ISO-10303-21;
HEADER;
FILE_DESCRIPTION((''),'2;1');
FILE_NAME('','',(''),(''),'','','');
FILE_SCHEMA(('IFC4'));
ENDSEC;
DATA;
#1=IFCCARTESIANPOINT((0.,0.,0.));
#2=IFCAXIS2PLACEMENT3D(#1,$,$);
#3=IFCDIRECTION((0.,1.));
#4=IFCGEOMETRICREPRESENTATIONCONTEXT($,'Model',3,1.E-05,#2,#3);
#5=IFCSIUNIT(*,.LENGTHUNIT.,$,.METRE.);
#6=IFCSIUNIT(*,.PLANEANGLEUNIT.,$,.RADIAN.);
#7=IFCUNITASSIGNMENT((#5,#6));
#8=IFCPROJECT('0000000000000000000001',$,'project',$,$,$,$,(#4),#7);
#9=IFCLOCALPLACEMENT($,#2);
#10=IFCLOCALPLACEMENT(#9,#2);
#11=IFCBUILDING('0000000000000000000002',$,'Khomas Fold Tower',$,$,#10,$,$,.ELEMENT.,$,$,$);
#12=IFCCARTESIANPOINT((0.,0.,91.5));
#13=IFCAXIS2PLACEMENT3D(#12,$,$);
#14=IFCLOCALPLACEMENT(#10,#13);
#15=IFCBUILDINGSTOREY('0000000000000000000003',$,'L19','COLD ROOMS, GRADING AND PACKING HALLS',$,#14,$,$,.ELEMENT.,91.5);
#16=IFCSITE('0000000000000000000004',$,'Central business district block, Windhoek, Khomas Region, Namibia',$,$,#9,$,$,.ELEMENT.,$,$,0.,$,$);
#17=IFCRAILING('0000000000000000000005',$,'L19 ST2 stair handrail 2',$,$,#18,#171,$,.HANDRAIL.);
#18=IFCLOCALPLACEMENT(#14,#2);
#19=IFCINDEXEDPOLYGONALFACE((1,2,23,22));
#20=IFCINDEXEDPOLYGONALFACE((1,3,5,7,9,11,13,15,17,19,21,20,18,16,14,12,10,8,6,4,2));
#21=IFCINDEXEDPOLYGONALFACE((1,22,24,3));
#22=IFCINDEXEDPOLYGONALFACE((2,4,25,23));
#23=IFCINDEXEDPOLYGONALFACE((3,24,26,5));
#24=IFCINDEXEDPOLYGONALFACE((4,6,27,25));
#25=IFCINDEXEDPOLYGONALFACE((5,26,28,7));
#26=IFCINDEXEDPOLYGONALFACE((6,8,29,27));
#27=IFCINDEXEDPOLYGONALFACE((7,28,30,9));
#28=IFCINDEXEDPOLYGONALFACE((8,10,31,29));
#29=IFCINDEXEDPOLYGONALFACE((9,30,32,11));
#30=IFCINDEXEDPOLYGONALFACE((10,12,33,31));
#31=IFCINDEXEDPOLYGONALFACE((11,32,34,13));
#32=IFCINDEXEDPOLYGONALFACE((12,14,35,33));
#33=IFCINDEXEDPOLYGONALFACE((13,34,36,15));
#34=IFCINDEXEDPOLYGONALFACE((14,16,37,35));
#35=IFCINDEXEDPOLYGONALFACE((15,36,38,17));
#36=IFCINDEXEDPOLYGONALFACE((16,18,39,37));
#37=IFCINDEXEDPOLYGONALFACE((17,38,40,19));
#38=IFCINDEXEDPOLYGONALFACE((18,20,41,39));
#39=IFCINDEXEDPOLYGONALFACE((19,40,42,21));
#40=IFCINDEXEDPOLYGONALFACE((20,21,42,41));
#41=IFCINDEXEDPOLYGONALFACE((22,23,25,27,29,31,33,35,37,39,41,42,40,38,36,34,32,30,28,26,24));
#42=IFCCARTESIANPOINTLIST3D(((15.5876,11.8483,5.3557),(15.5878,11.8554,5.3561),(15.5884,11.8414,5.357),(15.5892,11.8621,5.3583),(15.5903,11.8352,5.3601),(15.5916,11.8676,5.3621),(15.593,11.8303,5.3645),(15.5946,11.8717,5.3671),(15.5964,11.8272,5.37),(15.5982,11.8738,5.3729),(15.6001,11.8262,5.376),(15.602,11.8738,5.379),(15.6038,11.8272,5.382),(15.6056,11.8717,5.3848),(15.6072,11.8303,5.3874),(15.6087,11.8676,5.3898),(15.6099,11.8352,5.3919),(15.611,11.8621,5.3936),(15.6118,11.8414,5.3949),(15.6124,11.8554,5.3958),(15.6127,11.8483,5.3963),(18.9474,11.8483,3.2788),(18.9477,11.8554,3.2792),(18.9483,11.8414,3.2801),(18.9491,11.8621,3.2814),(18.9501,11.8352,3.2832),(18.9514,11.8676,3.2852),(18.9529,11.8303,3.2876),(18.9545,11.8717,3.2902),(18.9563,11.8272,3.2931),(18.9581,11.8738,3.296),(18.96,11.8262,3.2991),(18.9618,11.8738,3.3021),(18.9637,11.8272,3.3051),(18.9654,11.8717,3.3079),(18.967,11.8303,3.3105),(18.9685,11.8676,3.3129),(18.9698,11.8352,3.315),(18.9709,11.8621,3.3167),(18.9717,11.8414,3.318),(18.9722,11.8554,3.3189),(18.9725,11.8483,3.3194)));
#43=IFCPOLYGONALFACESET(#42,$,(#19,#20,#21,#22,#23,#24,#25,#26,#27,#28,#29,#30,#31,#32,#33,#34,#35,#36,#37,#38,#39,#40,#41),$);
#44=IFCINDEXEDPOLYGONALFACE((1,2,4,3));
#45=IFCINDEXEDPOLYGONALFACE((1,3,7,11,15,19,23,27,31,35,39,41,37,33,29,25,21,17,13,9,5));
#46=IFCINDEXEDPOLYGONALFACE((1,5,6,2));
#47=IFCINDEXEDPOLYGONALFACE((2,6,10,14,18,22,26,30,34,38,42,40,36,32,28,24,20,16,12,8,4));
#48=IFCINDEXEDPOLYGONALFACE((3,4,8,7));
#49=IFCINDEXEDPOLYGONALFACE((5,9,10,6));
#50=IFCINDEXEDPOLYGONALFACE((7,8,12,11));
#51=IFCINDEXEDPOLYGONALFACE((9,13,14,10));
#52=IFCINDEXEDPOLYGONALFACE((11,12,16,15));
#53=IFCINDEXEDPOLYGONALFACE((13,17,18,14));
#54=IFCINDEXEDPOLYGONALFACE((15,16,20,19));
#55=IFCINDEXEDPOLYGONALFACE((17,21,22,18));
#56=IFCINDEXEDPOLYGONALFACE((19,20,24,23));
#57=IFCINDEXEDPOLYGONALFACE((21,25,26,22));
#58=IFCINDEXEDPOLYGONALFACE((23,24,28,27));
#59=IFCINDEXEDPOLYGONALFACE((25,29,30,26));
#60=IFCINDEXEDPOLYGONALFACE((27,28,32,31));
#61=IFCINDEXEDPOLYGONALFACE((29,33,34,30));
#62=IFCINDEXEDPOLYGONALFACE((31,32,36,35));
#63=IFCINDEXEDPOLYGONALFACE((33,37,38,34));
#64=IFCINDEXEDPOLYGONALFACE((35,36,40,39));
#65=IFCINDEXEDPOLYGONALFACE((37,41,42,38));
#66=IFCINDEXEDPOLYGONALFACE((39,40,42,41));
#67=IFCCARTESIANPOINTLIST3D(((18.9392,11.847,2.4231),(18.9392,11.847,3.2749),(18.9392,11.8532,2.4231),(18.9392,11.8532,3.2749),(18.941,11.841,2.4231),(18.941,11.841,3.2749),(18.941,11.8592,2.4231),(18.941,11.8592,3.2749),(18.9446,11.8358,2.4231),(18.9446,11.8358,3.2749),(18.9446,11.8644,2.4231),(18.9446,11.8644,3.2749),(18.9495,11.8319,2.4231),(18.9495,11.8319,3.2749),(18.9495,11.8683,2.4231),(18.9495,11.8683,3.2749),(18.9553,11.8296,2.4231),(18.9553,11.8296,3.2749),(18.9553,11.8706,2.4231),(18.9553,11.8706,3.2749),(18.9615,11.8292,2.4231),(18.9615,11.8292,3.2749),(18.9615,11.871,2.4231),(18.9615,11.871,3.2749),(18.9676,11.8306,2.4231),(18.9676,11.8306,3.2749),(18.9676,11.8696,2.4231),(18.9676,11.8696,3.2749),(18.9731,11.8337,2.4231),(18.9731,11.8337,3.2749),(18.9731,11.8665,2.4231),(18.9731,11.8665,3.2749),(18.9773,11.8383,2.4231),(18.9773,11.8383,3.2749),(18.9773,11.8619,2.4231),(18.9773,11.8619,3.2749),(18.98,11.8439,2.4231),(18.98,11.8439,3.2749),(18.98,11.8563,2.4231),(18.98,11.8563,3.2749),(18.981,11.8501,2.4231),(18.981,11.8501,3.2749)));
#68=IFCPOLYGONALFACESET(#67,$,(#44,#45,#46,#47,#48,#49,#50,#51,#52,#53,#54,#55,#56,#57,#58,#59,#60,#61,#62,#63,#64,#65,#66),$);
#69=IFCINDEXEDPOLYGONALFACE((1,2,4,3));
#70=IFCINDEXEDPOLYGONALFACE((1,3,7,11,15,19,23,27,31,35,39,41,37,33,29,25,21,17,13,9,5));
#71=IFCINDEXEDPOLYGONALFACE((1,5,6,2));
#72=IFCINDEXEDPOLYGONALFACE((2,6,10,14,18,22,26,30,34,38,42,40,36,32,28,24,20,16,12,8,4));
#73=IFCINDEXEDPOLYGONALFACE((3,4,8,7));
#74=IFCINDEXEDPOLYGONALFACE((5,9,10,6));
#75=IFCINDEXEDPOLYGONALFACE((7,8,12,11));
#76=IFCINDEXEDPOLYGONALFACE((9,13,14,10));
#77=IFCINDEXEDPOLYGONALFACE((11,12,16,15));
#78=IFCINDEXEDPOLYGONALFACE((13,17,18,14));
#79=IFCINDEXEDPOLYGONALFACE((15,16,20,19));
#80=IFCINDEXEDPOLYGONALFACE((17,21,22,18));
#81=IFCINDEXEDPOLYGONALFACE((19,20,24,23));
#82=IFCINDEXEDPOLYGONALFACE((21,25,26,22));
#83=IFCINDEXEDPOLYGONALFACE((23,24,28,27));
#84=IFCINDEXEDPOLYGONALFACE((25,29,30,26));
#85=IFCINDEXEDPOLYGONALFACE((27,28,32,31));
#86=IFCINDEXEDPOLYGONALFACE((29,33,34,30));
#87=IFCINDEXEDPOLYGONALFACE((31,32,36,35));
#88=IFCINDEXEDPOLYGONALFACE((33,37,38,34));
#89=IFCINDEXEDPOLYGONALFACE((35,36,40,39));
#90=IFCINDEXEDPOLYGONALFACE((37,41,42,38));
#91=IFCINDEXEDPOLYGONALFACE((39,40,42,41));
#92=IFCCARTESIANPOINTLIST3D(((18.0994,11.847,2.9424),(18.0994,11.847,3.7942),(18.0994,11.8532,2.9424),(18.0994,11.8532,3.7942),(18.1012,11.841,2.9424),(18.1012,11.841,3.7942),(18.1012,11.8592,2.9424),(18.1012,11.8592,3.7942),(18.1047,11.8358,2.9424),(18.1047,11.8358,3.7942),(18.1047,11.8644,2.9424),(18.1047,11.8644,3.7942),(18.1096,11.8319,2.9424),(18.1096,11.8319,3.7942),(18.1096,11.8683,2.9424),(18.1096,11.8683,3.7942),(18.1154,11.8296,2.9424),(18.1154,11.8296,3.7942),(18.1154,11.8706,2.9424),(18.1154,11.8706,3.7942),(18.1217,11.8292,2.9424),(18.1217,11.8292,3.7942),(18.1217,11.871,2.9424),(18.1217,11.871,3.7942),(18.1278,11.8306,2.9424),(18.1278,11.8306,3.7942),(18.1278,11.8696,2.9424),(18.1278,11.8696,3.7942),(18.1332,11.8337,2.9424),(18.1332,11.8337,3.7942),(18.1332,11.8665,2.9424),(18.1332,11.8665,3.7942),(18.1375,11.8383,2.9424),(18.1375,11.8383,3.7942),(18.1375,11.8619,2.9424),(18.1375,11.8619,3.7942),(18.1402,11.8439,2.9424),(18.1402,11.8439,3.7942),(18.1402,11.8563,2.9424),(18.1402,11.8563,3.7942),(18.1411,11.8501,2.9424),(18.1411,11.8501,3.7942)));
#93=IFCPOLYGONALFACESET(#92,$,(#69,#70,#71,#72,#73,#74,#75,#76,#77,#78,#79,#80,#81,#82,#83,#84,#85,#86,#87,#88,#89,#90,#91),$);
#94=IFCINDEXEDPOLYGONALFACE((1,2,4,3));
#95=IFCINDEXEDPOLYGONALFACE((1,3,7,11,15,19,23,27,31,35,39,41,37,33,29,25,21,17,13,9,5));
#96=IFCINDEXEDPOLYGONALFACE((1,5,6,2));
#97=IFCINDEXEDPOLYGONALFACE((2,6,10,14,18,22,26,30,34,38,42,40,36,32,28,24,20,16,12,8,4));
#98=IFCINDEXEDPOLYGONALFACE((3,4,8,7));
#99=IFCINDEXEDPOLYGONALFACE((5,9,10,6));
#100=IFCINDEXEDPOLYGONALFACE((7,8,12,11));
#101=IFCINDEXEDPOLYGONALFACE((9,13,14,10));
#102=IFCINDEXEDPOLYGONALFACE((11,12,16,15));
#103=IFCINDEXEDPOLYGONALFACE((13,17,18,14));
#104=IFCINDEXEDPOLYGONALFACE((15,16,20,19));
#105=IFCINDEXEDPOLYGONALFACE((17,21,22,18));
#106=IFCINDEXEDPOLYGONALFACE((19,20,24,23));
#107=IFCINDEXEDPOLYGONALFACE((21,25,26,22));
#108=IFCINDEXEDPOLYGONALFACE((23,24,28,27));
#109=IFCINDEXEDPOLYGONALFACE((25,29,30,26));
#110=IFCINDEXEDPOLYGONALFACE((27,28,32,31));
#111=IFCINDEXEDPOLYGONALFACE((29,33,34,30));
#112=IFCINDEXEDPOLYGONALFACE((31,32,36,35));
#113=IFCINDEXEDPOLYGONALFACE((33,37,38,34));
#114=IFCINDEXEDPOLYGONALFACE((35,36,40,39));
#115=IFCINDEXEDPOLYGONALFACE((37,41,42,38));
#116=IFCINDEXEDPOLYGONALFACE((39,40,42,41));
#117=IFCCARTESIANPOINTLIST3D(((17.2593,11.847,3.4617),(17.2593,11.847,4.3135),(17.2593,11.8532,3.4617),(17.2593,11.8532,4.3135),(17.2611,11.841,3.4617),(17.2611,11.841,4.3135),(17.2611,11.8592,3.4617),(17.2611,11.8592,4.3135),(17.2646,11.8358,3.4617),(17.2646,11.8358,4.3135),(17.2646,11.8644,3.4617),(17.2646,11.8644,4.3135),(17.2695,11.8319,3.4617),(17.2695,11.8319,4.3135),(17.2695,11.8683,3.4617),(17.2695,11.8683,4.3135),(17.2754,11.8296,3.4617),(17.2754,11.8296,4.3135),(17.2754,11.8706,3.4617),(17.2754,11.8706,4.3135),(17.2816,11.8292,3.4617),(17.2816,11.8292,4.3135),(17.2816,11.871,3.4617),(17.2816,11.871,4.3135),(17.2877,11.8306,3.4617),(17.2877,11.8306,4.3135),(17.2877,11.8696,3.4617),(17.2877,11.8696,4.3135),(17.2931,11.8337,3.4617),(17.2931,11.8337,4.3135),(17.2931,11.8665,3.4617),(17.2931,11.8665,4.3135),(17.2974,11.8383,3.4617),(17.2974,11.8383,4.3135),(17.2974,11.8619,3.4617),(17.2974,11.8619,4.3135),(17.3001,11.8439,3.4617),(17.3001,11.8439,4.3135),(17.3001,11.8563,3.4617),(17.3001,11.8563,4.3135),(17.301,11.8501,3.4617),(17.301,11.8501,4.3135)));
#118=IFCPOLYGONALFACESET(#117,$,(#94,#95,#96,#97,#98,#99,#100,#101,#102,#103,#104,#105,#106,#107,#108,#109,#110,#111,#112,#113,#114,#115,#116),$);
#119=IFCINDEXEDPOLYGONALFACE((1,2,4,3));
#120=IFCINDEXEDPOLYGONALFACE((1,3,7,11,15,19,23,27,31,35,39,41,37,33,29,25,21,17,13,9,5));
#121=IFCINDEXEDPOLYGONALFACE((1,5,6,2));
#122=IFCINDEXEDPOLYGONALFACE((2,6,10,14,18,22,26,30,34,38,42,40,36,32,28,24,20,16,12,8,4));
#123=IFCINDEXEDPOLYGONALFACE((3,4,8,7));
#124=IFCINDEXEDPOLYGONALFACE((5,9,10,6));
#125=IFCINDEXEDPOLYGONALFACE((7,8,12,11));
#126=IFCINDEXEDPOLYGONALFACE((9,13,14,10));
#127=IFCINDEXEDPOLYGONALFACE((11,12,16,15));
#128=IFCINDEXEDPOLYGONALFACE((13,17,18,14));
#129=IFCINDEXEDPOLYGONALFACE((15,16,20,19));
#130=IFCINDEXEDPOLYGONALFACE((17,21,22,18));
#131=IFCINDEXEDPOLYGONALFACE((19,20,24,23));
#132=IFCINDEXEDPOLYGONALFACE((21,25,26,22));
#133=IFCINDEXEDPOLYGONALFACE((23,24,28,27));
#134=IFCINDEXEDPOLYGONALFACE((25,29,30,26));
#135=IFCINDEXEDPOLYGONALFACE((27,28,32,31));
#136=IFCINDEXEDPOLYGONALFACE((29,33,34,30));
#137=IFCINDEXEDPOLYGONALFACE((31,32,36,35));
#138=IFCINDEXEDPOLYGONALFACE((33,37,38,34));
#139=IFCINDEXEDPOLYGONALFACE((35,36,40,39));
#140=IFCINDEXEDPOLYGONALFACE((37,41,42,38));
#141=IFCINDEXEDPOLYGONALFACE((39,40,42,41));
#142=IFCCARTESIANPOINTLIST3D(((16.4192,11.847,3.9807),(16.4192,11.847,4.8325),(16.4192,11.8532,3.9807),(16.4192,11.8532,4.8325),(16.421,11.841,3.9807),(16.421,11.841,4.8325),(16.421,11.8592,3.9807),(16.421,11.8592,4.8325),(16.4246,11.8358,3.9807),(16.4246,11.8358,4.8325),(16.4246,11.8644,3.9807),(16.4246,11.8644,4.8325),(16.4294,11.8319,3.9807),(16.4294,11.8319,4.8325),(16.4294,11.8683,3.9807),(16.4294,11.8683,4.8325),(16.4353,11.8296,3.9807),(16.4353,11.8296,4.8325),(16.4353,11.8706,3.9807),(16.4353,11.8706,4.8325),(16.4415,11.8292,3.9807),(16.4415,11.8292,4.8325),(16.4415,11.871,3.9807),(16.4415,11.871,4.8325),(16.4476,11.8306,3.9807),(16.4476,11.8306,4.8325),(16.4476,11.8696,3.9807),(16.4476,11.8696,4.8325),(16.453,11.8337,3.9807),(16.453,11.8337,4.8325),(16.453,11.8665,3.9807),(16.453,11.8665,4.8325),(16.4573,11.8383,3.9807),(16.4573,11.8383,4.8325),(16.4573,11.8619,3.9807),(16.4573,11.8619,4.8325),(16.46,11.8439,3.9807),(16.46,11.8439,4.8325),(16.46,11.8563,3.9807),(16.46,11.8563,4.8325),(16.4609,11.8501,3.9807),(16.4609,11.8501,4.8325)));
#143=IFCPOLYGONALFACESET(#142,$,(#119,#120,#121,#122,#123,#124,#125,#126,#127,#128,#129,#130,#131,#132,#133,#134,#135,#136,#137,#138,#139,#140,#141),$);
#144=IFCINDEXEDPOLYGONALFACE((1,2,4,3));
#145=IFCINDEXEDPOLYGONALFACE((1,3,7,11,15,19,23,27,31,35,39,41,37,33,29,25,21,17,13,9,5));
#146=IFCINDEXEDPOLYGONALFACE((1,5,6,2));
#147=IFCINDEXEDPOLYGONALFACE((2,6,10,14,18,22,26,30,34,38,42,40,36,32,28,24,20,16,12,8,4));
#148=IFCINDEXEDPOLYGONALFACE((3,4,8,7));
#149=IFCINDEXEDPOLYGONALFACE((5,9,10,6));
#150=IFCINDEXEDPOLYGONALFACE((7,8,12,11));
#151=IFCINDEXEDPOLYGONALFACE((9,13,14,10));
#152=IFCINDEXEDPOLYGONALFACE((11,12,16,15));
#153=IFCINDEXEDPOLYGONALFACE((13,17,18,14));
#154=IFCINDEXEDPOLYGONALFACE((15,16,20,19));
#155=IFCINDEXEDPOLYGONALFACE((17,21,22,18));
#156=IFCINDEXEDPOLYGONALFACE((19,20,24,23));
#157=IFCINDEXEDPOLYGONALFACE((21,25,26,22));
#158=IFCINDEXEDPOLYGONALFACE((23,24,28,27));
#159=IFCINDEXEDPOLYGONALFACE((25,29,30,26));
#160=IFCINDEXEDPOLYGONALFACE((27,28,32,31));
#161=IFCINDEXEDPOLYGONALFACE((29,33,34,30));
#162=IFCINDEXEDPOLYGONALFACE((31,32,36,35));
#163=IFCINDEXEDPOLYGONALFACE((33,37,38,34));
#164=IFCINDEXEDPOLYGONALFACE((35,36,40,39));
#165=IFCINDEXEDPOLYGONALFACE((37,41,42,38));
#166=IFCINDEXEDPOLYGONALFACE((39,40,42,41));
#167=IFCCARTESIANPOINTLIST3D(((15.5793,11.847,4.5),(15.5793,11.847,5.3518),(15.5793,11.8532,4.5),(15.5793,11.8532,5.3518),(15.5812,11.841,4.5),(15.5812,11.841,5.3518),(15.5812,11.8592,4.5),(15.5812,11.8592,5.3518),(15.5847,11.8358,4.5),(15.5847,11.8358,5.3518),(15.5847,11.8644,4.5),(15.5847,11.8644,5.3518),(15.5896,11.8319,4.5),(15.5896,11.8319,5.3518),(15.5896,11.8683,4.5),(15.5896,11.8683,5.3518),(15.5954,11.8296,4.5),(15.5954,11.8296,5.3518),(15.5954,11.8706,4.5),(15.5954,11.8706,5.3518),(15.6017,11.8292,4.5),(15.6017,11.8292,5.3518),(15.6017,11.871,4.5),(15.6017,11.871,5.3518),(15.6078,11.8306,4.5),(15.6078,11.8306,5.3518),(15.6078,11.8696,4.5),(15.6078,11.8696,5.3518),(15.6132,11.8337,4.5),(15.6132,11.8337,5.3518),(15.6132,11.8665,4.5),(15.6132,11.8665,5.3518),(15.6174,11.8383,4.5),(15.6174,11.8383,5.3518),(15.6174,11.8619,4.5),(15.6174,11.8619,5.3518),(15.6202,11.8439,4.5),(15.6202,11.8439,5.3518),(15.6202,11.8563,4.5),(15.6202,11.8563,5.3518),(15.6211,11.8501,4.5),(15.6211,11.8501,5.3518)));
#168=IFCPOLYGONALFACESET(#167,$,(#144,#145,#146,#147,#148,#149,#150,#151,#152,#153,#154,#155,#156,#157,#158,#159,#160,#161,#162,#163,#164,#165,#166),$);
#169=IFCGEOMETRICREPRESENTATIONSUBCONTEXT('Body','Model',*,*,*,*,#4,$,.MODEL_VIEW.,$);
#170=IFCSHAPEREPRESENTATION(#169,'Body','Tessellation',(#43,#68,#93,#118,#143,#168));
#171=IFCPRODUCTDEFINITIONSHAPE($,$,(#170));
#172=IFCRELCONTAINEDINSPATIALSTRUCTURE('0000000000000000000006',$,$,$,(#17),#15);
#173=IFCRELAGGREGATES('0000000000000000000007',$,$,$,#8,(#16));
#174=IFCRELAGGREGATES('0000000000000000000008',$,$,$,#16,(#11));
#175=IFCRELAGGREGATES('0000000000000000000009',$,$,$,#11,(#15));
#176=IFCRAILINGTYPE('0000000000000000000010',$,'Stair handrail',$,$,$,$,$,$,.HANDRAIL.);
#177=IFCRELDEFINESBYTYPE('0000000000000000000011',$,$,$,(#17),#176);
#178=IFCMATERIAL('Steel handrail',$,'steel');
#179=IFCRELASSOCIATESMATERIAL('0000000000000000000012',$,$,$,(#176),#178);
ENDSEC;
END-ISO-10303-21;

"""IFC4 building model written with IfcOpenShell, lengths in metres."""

from ifc_helpers import new_model, si_unit, direction, frame, origin, origin_2d, place, context, subcontext, project, spatial, circle, extrude, source, transform, mapped, material, type_object, element, save


model = new_model("IFC4")

# Units and contexts
model_context = context("Model", 3, precision=1e-05, world=origin(), true_north=direction((0.0, 1.0)))
body_context = subcontext(model_context, "Body", "Model", "MODEL_VIEW")
ifc_project = project(units=[si_unit("LENGTHUNIT", "METRE"), si_unit("PLANEANGLEUNIT", "RADIAN")], contexts=[model_context])

# Site, building, storey
site_placement = place(None, origin())
site = spatial("IfcSite", under=ifc_project, at=site_placement, Name="Central business district block, Windhoek, Khomas Region, Namibia", CompositionType="ELEMENT", RefElevation=0.0)
building_placement = place(site_placement, origin())
building = spatial("IfcBuilding", under=site, at=building_placement, Name="Khomas Fold Tower", CompositionType="ELEMENT")
storey_placement = place(building_placement, frame((0.0, 0.0, 91.5)))
storey = spatial("IfcBuildingStorey", under=building, at=storey_placement, Name="L19", Description="COLD ROOMS, GRADING AND PACKING HALLS", CompositionType="ELEMENT", Elevation=91.5)

# Railing
ifc_material_1 = material(Name="Steel handrail", Category="steel")
railing_type_1 = type_object("IfcRailingType", Name="Stair handrail", PredefinedType="HANDRAIL", material=ifc_material_1)
shared_shape_1 = source(origin(), body_context, "Body", "SweptSolid", [
    extrude(circle(Radius=0.0239, at=origin_2d()), frame((0.0, 0.0, 0.876), z_axis=(-0.850606, 0.0, 0.525803), x_axis=(0.0, -1.0, 0.0)), (0.0, 0.0, 1.0), 3.95),
    extrude(circle(Radius=0.021, at=origin_2d()), origin(), (0.0, 0.0, 1.0), 0.8518),
    extrude(circle(Radius=0.021, at=origin_2d()), frame((-0.8398, 0.0, 0.5193)), (0.0, 0.0, 1.0), 0.8518),
    extrude(circle(Radius=0.021, at=origin_2d()), frame((-1.6799, 0.0, 1.0386)), (0.0, 0.0, 1.0), 0.8518),
    extrude(circle(Radius=0.021, at=origin_2d()), frame((-2.52, 0.0, 1.5576)), (0.0, 0.0, 1.0), 0.8518),
    extrude(circle(Radius=0.021, at=origin_2d()), frame((-3.3599, 0.0, 2.0769)), (0.0, 0.0, 1.0), 0.8518),
])
railing_1_placement = place(storey_placement, frame((18.96, 11.8501, 2.4231)))
element("IfcRailing", 1, at=railing_1_placement, inside=storey, type_object=railing_type_1, Name="L19 ST2 stair handrail 2", PredefinedType="HANDRAIL", context=body_context, shape_type="MappedRepresentation", body=[
    mapped(shared_shape_1, transform((0.0, 0.0, 0.0))),
])

save(model, "model.ifc")
